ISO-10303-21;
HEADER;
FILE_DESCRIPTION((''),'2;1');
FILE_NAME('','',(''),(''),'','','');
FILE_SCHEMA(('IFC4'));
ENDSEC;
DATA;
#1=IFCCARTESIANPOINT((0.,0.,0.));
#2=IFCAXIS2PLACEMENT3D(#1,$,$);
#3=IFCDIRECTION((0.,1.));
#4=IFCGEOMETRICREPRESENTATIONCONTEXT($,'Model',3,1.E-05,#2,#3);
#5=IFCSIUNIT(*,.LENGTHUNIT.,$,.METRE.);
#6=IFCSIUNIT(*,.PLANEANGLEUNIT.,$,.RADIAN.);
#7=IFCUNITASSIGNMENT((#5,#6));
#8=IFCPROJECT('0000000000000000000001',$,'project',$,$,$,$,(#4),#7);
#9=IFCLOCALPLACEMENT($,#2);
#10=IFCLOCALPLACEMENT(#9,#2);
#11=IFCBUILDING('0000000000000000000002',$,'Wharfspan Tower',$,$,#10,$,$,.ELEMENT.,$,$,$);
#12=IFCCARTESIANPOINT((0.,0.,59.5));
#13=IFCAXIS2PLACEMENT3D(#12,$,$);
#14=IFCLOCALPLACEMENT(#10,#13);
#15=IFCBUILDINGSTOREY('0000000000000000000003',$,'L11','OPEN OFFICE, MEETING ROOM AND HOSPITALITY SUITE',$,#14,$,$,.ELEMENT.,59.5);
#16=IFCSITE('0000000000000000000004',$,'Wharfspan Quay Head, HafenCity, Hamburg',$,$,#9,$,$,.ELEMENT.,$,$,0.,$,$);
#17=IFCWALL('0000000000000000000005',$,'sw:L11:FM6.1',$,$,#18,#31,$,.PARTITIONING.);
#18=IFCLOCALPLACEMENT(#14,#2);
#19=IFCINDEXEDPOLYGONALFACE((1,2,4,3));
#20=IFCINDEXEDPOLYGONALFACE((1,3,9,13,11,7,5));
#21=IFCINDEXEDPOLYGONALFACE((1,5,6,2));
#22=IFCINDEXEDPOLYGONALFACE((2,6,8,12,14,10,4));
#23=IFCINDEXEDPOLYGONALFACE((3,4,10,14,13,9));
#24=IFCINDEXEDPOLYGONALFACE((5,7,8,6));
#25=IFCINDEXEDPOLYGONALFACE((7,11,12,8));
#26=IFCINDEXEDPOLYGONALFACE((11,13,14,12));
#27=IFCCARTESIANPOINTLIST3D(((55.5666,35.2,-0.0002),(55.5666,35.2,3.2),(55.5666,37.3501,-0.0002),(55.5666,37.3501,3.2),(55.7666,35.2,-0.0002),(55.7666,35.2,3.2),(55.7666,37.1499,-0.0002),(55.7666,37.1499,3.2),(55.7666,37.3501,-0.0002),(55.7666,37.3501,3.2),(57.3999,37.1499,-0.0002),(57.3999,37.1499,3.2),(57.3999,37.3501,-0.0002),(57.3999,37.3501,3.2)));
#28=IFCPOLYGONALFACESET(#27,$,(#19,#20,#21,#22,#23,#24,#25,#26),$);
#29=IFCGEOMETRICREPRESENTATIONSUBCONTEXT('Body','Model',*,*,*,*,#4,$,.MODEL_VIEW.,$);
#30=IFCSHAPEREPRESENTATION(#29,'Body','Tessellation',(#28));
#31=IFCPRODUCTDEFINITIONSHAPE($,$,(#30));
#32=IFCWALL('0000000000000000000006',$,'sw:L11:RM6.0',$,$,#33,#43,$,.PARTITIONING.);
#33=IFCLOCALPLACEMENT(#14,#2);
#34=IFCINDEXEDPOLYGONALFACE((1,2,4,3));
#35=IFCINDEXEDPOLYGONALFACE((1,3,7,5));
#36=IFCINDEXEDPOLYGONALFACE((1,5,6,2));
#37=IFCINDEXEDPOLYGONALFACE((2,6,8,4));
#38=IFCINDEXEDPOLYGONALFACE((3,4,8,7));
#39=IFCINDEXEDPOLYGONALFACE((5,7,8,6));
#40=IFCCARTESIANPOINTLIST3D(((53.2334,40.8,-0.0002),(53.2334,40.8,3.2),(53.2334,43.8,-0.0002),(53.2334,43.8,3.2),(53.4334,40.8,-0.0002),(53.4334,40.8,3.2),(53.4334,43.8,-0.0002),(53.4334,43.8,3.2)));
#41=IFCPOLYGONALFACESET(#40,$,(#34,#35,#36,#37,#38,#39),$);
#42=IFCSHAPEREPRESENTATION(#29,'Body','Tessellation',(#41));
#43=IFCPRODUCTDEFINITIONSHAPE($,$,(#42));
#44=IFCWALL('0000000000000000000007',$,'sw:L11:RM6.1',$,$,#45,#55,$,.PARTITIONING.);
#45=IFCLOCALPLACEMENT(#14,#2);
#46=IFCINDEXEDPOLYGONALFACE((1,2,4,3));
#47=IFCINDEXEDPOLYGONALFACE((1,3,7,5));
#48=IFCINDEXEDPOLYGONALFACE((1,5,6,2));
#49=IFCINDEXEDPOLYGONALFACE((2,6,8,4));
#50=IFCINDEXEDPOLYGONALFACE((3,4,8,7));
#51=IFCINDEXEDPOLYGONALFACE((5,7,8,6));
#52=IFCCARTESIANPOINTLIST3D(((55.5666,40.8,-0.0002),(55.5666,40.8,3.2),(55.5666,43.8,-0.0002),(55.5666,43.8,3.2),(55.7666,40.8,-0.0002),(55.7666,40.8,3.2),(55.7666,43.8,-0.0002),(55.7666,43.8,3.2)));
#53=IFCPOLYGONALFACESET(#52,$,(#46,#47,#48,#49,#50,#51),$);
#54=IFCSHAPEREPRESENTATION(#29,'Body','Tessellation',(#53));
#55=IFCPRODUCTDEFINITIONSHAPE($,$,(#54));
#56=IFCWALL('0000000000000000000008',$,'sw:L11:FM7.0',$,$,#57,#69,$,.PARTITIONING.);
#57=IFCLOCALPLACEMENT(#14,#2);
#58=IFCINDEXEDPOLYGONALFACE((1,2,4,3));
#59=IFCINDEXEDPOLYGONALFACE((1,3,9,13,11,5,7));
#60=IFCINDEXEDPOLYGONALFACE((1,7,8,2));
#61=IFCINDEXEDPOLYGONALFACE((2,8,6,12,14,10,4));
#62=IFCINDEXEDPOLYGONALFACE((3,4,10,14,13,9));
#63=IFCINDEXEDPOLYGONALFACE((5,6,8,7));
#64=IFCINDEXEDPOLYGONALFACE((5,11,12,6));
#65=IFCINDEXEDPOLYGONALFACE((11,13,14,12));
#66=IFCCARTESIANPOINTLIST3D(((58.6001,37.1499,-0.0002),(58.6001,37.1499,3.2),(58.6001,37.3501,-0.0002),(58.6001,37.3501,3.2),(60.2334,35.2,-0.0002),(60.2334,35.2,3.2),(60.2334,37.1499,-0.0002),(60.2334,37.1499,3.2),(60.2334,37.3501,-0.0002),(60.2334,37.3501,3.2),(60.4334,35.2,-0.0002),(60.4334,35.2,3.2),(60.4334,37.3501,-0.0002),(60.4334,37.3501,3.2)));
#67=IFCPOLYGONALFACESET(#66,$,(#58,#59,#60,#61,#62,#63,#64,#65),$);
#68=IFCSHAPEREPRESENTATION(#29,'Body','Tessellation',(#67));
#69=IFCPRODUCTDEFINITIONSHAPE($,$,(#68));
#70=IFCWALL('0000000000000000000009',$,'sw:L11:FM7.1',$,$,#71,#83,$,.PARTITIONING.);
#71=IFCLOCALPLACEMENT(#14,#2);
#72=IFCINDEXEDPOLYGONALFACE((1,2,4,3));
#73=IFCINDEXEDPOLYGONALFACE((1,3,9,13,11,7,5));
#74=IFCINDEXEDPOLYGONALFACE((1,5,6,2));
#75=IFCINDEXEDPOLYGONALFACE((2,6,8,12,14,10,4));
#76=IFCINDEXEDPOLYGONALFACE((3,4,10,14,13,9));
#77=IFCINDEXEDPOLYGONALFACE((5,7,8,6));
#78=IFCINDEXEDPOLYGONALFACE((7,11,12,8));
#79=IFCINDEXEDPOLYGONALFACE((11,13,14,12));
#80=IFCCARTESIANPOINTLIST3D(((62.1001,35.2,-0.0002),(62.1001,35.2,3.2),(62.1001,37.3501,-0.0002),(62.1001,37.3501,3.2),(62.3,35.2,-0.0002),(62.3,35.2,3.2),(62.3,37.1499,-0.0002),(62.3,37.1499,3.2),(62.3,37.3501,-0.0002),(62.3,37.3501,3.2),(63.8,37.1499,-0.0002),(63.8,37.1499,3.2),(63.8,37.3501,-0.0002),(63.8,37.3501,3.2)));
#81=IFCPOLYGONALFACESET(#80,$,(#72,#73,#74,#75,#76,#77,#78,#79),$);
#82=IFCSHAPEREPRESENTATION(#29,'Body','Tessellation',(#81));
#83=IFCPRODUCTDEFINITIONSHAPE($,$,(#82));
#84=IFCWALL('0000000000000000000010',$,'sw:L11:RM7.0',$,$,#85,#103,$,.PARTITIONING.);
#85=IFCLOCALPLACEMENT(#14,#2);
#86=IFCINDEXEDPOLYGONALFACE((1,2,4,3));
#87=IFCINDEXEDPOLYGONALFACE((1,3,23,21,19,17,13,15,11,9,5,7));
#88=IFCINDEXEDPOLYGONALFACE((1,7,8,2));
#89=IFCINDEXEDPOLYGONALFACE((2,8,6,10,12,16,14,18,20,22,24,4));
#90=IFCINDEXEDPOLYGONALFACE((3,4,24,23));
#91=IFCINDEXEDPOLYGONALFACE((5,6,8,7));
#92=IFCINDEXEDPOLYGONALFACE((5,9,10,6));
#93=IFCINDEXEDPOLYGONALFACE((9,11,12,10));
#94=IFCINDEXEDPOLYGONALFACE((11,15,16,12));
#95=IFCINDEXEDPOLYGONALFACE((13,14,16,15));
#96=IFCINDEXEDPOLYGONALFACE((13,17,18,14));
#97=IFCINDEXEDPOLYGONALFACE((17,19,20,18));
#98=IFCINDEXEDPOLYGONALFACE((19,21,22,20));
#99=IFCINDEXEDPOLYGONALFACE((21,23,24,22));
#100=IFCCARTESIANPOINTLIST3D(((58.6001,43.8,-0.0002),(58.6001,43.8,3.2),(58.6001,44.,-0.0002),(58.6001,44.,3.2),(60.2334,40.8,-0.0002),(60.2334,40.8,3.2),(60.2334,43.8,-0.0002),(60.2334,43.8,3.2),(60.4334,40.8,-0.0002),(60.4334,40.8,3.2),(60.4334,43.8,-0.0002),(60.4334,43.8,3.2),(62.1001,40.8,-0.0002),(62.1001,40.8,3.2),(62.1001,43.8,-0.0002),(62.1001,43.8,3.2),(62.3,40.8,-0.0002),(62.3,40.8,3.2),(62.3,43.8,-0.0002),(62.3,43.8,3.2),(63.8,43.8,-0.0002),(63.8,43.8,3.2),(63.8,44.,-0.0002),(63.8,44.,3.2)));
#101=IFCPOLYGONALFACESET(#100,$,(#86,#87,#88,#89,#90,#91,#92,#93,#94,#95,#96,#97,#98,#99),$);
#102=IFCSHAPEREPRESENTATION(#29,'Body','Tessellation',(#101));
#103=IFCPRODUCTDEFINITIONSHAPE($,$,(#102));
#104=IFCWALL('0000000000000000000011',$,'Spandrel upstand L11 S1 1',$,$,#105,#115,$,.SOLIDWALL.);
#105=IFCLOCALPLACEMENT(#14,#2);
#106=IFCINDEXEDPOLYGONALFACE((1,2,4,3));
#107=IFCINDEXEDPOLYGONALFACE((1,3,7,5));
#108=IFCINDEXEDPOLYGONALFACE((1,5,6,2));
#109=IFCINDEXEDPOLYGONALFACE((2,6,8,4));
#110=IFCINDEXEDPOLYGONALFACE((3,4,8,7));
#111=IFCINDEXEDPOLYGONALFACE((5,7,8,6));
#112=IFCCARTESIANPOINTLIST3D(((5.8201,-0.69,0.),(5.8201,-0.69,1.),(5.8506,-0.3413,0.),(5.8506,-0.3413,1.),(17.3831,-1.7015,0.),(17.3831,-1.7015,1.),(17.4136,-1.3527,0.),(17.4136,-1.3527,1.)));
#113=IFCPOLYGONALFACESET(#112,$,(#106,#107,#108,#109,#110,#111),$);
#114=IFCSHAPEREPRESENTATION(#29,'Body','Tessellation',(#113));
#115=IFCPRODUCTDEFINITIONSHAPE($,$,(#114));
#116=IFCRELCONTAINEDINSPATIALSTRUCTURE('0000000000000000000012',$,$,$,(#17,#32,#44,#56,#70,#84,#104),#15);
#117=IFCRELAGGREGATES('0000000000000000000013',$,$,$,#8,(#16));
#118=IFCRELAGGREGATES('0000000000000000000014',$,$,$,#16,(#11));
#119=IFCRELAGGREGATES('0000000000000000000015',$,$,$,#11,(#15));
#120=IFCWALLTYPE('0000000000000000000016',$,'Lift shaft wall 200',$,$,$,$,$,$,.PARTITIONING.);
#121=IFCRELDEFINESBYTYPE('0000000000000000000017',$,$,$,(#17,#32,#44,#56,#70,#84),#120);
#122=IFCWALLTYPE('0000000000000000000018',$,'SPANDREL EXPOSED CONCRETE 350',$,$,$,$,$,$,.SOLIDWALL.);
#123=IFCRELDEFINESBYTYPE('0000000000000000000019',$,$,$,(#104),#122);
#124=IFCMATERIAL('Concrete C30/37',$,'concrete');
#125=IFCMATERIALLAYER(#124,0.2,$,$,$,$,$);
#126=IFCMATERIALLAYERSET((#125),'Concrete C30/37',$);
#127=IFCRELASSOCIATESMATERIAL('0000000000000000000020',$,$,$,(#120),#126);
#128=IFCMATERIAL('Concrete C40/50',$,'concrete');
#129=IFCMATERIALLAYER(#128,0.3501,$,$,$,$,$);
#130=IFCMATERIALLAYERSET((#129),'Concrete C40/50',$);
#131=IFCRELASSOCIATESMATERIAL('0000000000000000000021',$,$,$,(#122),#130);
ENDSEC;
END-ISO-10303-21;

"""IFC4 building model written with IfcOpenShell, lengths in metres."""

from ifc_helpers import new_model, si_unit, direction, frame, frame_2d, origin, place, context, subcontext, project, spatial, polyline, rectangle, outline, extrude, material, layer, layer_set, type_object, element, save


model = new_model("IFC4")

# Units and contexts
model_context = context("Model", 3, precision=1e-05, world=origin(), true_north=direction((0.0, 1.0)))
body_context = subcontext(model_context, "Body", "Model", "MODEL_VIEW")
ifc_project = project(units=[si_unit("LENGTHUNIT", "METRE"), si_unit("PLANEANGLEUNIT", "RADIAN")], contexts=[model_context])

# Site, building, storey
site_placement = place(None, origin())
site = spatial("IfcSite", under=ifc_project, at=site_placement, Name="Wharfspan Quay Head, HafenCity, Hamburg", CompositionType="ELEMENT", RefElevation=0.0)
building_placement = place(site_placement, origin())
building = spatial("IfcBuilding", under=site, at=building_placement, Name="Wharfspan Tower", CompositionType="ELEMENT")
storey_placement = place(building_placement, frame((0.0, 0.0, 59.5)))
storey = spatial("IfcBuildingStorey", under=building, at=storey_placement, Name="L11", Description="OPEN OFFICE, MEETING ROOM AND HOSPITALITY SUITE", CompositionType="ELEMENT", Elevation=59.5)

# Shared definitions
ifc_material_1 = material(Name="Concrete C40/50", Category="concrete")

# Walls
ifc_material_2 = material(Name="Concrete C30/37", Category="concrete")
ifc_layer_1 = layer(ifc_material_2, 0.2)
ifc_layer_set_1 = layer_set([ifc_layer_1], Name="Concrete C30/37")
wall_type_1 = type_object("IfcWallType", Name="Lift shaft wall 200", PredefinedType="PARTITIONING", material=ifc_layer_set_1)
wall_1_placement = place(storey_placement, frame((0.0, 0.0, -0.0002)))
element("IfcWall", 1, at=wall_1_placement, inside=storey, type_object=wall_type_1, Name="sw:L11:FM6.1", PredefinedType="PARTITIONING", context=body_context, shape_type="SweptSolid", body=[
    extrude(outline(polyline([(55.5667, 37.3501), (55.7666, 37.3501), (57.3999, 37.3501), (57.3999, 37.1499), (55.7666, 37.1499), (55.7666, 35.2), (55.5667, 35.2), (55.5667, 37.3501)])), origin(), (0.0, 0.0, 1.0), 3.2002),
])
wall_2_placement = place(storey_placement, frame((0.0, 0.0, -0.0002)))
element("IfcWall", 2, at=wall_2_placement, inside=storey, type_object=wall_type_1, Name="sw:L11:RM6.0", PredefinedType="PARTITIONING", context=body_context, shape_type="SweptSolid", body=[
    extrude(outline(polyline([(53.2334, 40.8), (53.2334, 43.8), (53.4333, 43.8), (53.4333, 40.8), (53.2334, 40.8)])), origin(), (0.0, 0.0, 1.0), 3.2002),
])
wall_3_placement = place(storey_placement, frame((0.0, 0.0, -0.0002)))
element("IfcWall", 3, at=wall_3_placement, inside=storey, type_object=wall_type_1, Name="sw:L11:RM6.1", PredefinedType="PARTITIONING", context=body_context, shape_type="SweptSolid", body=[
    extrude(outline(polyline([(55.5667, 40.8), (55.5667, 43.8), (55.7666, 43.8), (55.7666, 40.8), (55.5667, 40.8)])), origin(), (0.0, 0.0, 1.0), 3.2002),
])
wall_4_placement = place(storey_placement, frame((0.0, 0.0, -0.0002)))
element("IfcWall", 4, at=wall_4_placement, inside=storey, type_object=wall_type_1, Name="sw:L11:FM7.0", PredefinedType="PARTITIONING", context=body_context, shape_type="SweptSolid", body=[
    extrude(outline(polyline([(60.2334, 37.1499), (58.6001, 37.1499), (58.6001, 37.3501), (60.2334, 37.3501), (60.4333, 37.3501), (60.4333, 35.2), (60.2334, 35.2), (60.2334, 37.1499)])), origin(), (0.0, 0.0, 1.0), 3.2002),
])
wall_5_placement = place(storey_placement, frame((0.0, 0.0, -0.0002)))
element("IfcWall", 5, at=wall_5_placement, inside=storey, type_object=wall_type_1, Name="sw:L11:FM7.1", PredefinedType="PARTITIONING", context=body_context, shape_type="SweptSolid", body=[
    extrude(outline(polyline([(62.1001, 37.3501), (62.3, 37.3501), (63.8, 37.3501), (63.8, 37.1499), (62.3, 37.1499), (62.3, 35.2), (62.1001, 35.2), (62.1001, 37.3501)])), origin(), (0.0, 0.0, 1.0), 3.2002),
])
wall_6_placement = place(storey_placement, frame((0.0, 0.0, -0.0002)))
element("IfcWall", 6, at=wall_6_placement, inside=storey, type_object=wall_type_1, Name="sw:L11:RM7.0", PredefinedType="PARTITIONING", context=body_context, shape_type="SweptSolid", body=[
    extrude(outline(polyline([(60.4333, 40.8), (60.2334, 40.8), (60.2334, 43.8), (58.6001, 43.8), (58.6001, 44.0), (63.8, 44.0), (63.8, 43.8), (62.3, 43.8), (62.3, 40.8), (62.1001, 40.8), (62.1001, 43.8), (60.4333, 43.8), (60.4333, 40.8)])), origin(), (0.0, 0.0, 1.0), 3.2002),
])
ifc_layer_2 = layer(ifc_material_1, 0.3501)
ifc_layer_set_2 = layer_set([ifc_layer_2], Name="Concrete C40/50")
wall_type_2 = type_object("IfcWallType", Name="SPANDREL EXPOSED CONCRETE 350", PredefinedType="SOLIDWALL", material=ifc_layer_set_2)
wall_7_placement = place(storey_placement, frame((5.8352, -0.5156, 0.0), z_axis=(0.0, 0.0, 1.0), x_axis=(0.996192, -0.087142, 0.0)))
element("IfcWall", 7, at=wall_7_placement, inside=storey, type_object=wall_type_2, Name="Spandrel upstand L11 S1 1", PredefinedType="SOLIDWALL", context=body_context, shape_type="SweptSolid", body=[
    extrude(rectangle(XDim=11.6072, YDim=0.3501, at=frame_2d((5.8037, 0.0))), origin(), (0.0, 0.0, 1.0), 1.0),
])

save(model, "model.ifc")
